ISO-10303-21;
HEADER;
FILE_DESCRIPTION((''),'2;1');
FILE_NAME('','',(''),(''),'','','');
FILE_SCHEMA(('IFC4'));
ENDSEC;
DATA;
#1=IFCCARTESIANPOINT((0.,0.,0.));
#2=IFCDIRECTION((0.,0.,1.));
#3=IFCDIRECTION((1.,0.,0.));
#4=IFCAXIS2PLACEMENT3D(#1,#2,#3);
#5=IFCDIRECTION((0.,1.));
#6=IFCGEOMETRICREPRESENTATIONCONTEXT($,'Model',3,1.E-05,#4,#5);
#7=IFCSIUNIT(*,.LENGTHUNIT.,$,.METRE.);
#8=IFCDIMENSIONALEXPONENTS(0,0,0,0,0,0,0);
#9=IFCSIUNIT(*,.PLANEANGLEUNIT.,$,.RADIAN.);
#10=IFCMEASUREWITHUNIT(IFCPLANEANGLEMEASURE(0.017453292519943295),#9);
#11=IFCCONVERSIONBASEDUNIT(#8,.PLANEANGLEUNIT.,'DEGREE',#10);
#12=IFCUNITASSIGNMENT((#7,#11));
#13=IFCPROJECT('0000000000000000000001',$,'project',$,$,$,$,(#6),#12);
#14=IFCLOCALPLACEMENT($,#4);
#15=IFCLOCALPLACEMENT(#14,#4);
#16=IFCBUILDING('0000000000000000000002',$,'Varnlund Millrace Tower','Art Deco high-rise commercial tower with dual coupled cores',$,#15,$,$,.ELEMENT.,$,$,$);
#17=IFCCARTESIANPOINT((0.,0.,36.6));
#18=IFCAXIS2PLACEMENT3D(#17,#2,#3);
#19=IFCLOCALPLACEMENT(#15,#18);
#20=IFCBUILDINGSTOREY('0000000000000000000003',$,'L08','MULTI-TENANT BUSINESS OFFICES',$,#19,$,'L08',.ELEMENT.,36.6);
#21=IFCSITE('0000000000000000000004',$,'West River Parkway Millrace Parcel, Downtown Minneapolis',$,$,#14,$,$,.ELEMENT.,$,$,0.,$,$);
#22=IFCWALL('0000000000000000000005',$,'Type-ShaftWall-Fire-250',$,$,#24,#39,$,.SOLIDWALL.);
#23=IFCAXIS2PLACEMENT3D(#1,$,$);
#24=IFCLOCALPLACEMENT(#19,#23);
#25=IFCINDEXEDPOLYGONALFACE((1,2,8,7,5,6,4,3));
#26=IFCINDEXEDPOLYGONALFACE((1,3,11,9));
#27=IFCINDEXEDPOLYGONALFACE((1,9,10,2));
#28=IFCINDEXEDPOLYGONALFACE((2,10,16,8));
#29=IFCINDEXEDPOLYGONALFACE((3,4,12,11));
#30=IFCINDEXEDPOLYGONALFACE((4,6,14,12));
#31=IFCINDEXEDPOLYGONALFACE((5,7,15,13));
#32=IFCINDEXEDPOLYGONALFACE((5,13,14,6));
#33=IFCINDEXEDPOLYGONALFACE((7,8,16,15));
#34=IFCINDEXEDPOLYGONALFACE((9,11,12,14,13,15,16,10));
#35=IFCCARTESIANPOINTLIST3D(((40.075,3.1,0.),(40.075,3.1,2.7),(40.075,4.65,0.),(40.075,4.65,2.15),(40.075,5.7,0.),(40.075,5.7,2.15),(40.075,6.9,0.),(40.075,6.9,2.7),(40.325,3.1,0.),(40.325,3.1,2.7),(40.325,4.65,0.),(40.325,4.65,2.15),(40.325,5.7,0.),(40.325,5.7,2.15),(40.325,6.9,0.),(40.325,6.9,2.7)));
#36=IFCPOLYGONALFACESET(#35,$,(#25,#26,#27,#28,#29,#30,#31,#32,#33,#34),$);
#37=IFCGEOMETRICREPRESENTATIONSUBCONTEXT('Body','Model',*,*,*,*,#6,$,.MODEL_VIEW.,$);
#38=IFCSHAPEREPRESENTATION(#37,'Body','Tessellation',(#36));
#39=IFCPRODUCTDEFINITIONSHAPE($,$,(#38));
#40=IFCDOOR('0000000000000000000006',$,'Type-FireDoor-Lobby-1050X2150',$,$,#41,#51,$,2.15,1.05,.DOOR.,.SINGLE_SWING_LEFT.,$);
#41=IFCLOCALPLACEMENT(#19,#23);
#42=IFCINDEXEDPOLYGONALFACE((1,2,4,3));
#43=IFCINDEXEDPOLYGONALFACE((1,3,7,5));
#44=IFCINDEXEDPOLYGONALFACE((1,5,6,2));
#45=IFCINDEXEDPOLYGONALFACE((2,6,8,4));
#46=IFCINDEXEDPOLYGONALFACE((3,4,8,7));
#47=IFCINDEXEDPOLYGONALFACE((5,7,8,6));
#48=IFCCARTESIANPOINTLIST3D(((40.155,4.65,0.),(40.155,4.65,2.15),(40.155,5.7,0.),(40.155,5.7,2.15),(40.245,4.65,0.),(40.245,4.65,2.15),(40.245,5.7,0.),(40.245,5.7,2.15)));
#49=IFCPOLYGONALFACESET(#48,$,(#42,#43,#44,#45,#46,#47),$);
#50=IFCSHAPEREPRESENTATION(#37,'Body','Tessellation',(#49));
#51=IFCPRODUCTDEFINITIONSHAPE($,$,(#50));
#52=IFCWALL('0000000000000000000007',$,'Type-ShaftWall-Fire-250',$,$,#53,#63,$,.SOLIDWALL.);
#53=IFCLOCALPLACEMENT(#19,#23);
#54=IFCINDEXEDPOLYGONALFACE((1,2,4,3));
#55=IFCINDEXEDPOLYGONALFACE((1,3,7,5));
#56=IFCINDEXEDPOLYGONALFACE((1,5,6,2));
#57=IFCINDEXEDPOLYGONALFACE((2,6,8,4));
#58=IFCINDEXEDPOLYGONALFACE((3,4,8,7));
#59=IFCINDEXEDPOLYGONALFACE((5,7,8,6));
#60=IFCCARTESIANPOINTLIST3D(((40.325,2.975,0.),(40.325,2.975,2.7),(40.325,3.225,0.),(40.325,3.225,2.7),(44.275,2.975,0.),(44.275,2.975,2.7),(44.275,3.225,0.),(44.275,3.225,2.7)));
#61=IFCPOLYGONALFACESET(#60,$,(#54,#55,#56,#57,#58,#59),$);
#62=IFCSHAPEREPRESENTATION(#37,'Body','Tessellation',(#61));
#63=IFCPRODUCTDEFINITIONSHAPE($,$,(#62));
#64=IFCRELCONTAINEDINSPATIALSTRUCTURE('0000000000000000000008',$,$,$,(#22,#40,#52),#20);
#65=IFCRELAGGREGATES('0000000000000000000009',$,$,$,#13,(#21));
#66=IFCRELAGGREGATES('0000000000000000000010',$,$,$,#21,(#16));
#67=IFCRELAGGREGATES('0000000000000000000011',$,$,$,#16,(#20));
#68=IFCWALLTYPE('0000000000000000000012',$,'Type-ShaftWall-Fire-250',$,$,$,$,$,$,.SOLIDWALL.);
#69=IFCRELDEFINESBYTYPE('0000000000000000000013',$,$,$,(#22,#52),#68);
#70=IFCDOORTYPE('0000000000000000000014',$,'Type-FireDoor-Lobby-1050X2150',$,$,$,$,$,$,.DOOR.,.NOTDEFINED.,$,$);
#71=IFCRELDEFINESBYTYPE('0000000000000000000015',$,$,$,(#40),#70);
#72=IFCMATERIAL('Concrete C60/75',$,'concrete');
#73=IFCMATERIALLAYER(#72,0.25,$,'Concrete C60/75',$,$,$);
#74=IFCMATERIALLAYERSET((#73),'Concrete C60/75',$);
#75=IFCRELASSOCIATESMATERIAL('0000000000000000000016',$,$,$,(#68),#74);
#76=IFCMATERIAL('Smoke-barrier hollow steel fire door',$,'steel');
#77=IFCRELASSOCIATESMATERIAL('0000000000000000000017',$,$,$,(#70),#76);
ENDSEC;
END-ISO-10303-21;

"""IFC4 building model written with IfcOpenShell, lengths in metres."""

from ifc_helpers import new_model, entity, si_unit, converted_unit, direction, frame, origin_with_axes, origin_2d_with_axis, place, context, subcontext, project, spatial, polyline, rectangle, outline, extrude, material, layer, layer_set, type_object, element, fill, save


model = new_model("IFC4")

# Units and contexts
model_context = context("Model", 3, precision=1e-05, world=origin_with_axes(), true_north=direction((0.0, 1.0)))
body_context = subcontext(model_context, "Body", "Model", "MODEL_VIEW")
ifc_project = project(units=[si_unit("LENGTHUNIT", "METRE"), converted_unit("PLANEANGLEUNIT", "DEGREE", entity("IfcPlaneAngleMeasure", 0.017453292519943295), si_unit("PLANEANGLEUNIT", "RADIAN"), dimensions=[0, 0, 0, 0, 0, 0, 0])], contexts=[model_context])

# Site, building, storey
site_placement = place(None, origin_with_axes())
site = spatial("IfcSite", under=ifc_project, at=site_placement, Name="West River Parkway Millrace Parcel, Downtown Minneapolis", CompositionType="ELEMENT", RefElevation=0.0)
building_placement = place(site_placement, origin_with_axes())
building = spatial("IfcBuilding", under=site, at=building_placement, Name="Varnlund Millrace Tower", Description="Art Deco high-rise commercial tower with dual coupled cores", CompositionType="ELEMENT")
storey_placement = place(building_placement, frame((0.0, 0.0, 36.6), z_axis=(0.0, 0.0, 1.0), x_axis=(1.0, 0.0, 0.0)))
storey = spatial("IfcBuildingStorey", under=building, at=storey_placement, Name="L08", Description="MULTI-TENANT BUSINESS OFFICES", LongName="L08", CompositionType="ELEMENT", Elevation=36.6)

# Wall, opening, door
ifc_material_1 = material(Name="Concrete C60/75", Category="concrete")
ifc_layer_1 = layer(ifc_material_1, 0.25, Name="Concrete C60/75")
ifc_layer_set_1 = layer_set([ifc_layer_1], Name="Concrete C60/75")
wall_type_1 = type_object("IfcWallType", Name="Type-ShaftWall-Fire-250", PredefinedType="SOLIDWALL", material=ifc_layer_set_1)
wall_1_placement = place(storey_placement, frame((40.2, 3.1, 0.0), z_axis=(0.0, 0.0, 1.0), x_axis=(0.0, 1.0, 0.0)))
wall_1 = element("IfcWall", 1, at=wall_1_placement, inside=storey, type_object=wall_type_1, Name="Type-ShaftWall-Fire-250", PredefinedType="SOLIDWALL", context=body_context, shape_type="SweptSolid", body=[
    extrude(outline(polyline([(0.0, -0.125), (3.8, -0.125), (3.8, 0.125), (0.0, 0.125), (0.0, -0.125)])), origin_with_axes(), (0.0, 0.0, 1.0), 2.7),
])
opening_1_placement = place(wall_1_placement, frame((2.075, 0.0, 0.0), z_axis=(0.0, 0.0, 1.0), x_axis=(1.0, 0.0, 0.0)))
opening_1 = element("IfcOpeningElement", 2, at=opening_1_placement, cuts=wall_1, PredefinedType="OPENING", context=body_context, shape_type="SweptSolid", body=[
    extrude(rectangle(XDim=1.05, YDim=0.27, at=origin_2d_with_axis()), origin_with_axes(), (0.0, 0.0, 1.0), 2.15),
])
ifc_material_2 = material(Name="Smoke-barrier hollow steel fire door", Category="steel")
door_type_1 = type_object("IfcDoorType", Name="Type-FireDoor-Lobby-1050X2150", OperationType="NOTDEFINED", PredefinedType="DOOR", material=ifc_material_2)
door_1_placement = place(wall_1_placement, frame((2.075, 0.0, 0.0), z_axis=(0.0, 0.0, 1.0), x_axis=(1.0, 0.0, 0.0)))
door_1 = element("IfcDoor", 3, at=door_1_placement, inside=storey, type_object=door_type_1, Name="Type-FireDoor-Lobby-1050X2150", OperationType="SINGLE_SWING_LEFT", OverallHeight=2.15, OverallWidth=1.05, PredefinedType="DOOR", context=body_context, shape_type="SweptSolid", body=[
    extrude(rectangle(XDim=1.05, YDim=0.09, at=origin_2d_with_axis()), origin_with_axes(), (0.0, 0.0, 1.0), 2.15),
])
fill(opening_1, door_1)

# Wall
wall_2_placement = place(storey_placement, frame((40.325, 3.1, 0.0), z_axis=(0.0, 0.0, 1.0), x_axis=(1.0, 0.0, 0.0)))
element("IfcWall", 4, at=wall_2_placement, inside=storey, type_object=wall_type_1, Name="Type-ShaftWall-Fire-250", PredefinedType="SOLIDWALL", context=body_context, shape_type="SweptSolid", body=[
    extrude(outline(polyline([(0.0, -0.125), (3.95, -0.125), (3.95, 0.125), (0.0, 0.125), (0.0, -0.125)])), origin_with_axes(), (0.0, 0.0, 1.0), 2.7),
])

save(model, "model.ifc")
